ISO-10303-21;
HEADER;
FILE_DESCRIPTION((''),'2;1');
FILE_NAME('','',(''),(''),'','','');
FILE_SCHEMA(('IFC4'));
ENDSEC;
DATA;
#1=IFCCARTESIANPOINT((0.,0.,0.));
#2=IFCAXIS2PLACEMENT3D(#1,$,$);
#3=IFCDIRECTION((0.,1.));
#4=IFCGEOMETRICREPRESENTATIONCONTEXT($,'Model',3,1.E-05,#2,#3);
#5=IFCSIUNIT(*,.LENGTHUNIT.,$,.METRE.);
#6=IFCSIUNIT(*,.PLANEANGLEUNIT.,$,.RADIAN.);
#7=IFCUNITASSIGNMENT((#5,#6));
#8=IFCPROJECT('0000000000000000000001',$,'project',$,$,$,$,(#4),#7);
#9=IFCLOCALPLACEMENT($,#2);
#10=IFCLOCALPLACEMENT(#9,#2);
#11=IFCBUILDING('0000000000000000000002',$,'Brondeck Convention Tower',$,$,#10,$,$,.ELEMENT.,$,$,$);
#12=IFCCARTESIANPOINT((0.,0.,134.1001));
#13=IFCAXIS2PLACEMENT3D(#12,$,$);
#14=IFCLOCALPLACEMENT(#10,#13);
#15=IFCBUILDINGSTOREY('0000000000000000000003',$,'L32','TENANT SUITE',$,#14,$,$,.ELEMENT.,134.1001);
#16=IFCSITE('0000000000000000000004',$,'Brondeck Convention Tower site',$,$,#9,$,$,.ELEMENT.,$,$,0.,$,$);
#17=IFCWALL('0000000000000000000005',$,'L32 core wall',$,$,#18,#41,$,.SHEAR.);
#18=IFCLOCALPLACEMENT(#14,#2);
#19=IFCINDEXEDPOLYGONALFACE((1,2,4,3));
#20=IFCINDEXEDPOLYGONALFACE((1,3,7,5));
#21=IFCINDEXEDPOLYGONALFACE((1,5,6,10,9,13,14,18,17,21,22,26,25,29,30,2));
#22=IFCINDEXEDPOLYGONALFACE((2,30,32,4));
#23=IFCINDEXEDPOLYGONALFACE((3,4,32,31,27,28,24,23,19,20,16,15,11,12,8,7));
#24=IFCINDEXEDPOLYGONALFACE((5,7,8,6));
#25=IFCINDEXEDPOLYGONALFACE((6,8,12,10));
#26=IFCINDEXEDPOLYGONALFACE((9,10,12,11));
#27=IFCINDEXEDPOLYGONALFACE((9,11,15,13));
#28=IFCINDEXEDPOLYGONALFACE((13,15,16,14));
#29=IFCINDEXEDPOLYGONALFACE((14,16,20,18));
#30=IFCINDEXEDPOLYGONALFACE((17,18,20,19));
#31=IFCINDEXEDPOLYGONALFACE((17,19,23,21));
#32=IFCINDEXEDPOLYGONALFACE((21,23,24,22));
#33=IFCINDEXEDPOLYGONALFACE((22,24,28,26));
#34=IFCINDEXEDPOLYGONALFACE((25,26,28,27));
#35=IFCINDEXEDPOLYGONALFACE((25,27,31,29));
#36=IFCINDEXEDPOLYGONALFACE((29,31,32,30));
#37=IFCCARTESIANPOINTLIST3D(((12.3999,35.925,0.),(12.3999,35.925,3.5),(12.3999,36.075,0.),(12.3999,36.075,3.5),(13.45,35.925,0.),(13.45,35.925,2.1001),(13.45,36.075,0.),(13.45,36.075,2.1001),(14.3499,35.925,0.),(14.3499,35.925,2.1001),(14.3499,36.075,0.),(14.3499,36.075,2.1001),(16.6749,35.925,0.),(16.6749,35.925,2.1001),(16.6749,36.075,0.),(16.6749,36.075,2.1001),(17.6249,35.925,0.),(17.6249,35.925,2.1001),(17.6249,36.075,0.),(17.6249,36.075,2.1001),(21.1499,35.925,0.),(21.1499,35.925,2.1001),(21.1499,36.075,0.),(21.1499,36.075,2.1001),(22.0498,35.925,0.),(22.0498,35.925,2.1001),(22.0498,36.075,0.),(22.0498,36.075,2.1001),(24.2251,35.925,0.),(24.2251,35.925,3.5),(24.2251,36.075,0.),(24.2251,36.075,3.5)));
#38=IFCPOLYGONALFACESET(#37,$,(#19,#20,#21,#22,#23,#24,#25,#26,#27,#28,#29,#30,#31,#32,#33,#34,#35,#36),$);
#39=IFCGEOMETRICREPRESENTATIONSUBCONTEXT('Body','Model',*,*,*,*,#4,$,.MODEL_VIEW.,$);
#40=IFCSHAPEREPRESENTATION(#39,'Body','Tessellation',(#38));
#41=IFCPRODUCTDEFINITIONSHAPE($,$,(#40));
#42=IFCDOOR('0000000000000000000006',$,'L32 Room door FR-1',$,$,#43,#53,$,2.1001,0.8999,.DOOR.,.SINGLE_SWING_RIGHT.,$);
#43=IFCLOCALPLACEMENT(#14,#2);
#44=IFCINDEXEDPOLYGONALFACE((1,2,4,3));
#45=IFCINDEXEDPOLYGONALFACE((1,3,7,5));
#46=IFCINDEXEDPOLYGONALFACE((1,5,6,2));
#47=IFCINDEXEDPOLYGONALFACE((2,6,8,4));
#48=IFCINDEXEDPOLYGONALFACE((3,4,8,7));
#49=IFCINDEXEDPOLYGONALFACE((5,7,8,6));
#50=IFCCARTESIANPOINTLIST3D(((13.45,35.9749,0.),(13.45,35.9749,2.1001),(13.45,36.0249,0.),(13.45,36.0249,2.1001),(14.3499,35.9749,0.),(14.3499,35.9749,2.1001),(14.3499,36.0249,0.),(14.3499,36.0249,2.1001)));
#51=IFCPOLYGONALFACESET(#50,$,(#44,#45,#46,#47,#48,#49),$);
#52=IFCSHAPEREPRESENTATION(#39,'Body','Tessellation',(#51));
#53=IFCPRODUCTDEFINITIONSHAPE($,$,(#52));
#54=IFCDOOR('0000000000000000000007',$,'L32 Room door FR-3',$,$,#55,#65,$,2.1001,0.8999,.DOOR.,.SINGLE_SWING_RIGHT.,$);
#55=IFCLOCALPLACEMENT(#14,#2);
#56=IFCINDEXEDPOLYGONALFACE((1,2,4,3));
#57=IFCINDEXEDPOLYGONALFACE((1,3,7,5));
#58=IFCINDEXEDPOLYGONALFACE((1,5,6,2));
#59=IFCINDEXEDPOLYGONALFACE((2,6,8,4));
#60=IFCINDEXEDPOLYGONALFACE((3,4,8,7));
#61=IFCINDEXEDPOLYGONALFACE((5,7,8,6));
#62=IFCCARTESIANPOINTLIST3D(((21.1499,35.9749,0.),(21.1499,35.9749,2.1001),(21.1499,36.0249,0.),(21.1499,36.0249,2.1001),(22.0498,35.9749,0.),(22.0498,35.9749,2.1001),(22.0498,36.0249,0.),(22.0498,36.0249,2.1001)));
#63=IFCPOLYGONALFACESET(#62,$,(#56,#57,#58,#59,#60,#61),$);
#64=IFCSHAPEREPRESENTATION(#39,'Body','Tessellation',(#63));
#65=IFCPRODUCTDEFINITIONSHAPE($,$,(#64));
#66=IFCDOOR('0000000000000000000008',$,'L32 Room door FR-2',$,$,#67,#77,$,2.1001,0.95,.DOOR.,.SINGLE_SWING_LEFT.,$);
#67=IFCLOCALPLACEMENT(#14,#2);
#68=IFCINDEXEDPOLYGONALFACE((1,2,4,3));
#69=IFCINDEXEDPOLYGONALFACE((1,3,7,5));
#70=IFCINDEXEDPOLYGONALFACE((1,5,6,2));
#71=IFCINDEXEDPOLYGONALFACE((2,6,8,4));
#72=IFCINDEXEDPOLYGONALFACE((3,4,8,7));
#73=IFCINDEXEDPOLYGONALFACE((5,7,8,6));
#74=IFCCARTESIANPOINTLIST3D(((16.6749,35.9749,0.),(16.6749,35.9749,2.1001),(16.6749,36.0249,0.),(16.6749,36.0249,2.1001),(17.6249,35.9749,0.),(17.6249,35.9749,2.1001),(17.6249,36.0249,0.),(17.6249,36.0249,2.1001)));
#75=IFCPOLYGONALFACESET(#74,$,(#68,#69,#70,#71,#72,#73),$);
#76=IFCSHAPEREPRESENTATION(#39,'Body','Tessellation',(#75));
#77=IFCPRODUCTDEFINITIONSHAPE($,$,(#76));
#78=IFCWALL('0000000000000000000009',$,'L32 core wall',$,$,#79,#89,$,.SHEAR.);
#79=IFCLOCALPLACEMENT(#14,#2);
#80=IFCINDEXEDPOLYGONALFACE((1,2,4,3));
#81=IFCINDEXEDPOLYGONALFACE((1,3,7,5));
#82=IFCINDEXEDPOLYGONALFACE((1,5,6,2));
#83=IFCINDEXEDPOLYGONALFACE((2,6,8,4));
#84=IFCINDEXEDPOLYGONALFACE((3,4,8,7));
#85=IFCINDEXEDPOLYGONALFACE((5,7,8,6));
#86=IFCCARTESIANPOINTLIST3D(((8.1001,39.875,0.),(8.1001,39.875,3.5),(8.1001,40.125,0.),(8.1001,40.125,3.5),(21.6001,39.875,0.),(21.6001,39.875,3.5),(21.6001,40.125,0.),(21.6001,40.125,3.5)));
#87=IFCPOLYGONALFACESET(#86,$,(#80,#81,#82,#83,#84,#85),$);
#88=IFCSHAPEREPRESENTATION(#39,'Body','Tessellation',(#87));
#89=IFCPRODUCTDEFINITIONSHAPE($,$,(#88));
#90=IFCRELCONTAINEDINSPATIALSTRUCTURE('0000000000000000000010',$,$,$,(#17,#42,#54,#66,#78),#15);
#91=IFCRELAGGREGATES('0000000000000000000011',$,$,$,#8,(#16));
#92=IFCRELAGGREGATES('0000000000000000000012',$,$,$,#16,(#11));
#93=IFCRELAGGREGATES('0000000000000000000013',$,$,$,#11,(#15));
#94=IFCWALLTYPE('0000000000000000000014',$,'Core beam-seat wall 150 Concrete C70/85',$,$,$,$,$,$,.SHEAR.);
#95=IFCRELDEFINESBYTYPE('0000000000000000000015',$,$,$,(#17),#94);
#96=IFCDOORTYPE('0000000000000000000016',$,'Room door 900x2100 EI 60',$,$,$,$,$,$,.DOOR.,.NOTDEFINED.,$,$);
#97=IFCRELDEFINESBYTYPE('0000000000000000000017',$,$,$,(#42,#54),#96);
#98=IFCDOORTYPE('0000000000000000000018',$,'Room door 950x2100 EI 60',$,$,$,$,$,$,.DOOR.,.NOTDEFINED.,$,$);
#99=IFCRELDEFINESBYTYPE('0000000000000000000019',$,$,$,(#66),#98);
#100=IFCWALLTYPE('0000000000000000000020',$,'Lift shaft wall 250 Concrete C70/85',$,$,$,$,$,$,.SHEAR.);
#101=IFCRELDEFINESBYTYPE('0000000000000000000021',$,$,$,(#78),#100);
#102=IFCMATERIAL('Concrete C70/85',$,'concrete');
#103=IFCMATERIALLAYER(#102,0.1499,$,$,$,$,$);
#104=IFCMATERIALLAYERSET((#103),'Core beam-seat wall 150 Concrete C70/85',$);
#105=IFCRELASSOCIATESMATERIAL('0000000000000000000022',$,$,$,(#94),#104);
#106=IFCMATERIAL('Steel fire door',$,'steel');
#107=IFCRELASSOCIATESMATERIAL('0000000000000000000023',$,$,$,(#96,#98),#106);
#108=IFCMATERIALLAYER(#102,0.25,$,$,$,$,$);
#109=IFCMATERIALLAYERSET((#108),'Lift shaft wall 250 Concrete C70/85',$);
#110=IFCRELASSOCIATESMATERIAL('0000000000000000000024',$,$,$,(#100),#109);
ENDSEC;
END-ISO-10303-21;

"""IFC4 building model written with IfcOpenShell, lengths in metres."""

from ifc_helpers import new_model, si_unit, direction, frame, frame_2d, origin, place, context, subcontext, project, spatial, rectangle, extrude, material, layer, layer_set, type_object, element, fill, save


model = new_model("IFC4")

# Units and contexts
model_context = context("Model", 3, precision=1e-05, world=origin(), true_north=direction((0.0, 1.0)))
body_context = subcontext(model_context, "Body", "Model", "MODEL_VIEW")
ifc_project = project(units=[si_unit("LENGTHUNIT", "METRE"), si_unit("PLANEANGLEUNIT", "RADIAN")], contexts=[model_context])

# Site, building, storey
site_placement = place(None, origin())
site = spatial("IfcSite", under=ifc_project, at=site_placement, Name="Brondeck Convention Tower site", CompositionType="ELEMENT", RefElevation=0.0)
building_placement = place(site_placement, origin())
building = spatial("IfcBuilding", under=site, at=building_placement, Name="Brondeck Convention Tower", CompositionType="ELEMENT")
storey_placement = place(building_placement, frame((0.0, 0.0, 134.1001)))
storey = spatial("IfcBuildingStorey", under=building, at=storey_placement, Name="L32", Description="TENANT SUITE", CompositionType="ELEMENT", Elevation=134.1001)

# Wall, openings, doors
ifc_material_1 = material(Name="Concrete C70/85", Category="concrete")
ifc_layer_1 = layer(ifc_material_1, 0.1499)
ifc_layer_set_1 = layer_set([ifc_layer_1], Name="Core beam-seat wall 150 Concrete C70/85")
wall_type_1 = type_object("IfcWallType", Name="Core beam-seat wall 150 Concrete C70/85", PredefinedType="SHEAR", material=ifc_layer_set_1)
wall_1_placement = place(storey_placement, frame((12.3999, 36.0, 0.0), z_axis=(0.0, 0.0, 1.0), x_axis=(1.0, 0.0, 0.0)))
wall_1 = element("IfcWall", 1, at=wall_1_placement, inside=storey, type_object=wall_type_1, Name="L32 core wall", PredefinedType="SHEAR", context=body_context, shape_type="SweptSolid", body=[
    extrude(rectangle(XDim=11.8252, YDim=0.1499, at=frame_2d((5.9126, 0.0))), origin(), (0.0, 0.0, 1.0), 3.5),
])
opening_1_placement = place(wall_1_placement, frame((1.05, 0.0, 0.0)))
opening_1 = element("IfcOpeningElement", 2, at=opening_1_placement, cuts=wall_1, PredefinedType="OPENING", context=body_context, shape_type="SweptSolid", body=[
    extrude(rectangle(XDim=0.8999, YDim=2.1001, at=frame_2d((0.45, 1.05))), frame((0.0, 0.085, 0.0), z_axis=(0.0, -1.0, 0.0), x_axis=(1.0, 0.0, 0.0)), (0.0, 0.0, 1.0), 0.1699),
])
opening_2_placement = place(wall_1_placement, frame((4.2749, 0.0, 0.0)))
opening_2 = element("IfcOpeningElement", 3, at=opening_2_placement, cuts=wall_1, PredefinedType="OPENING", context=body_context, shape_type="SweptSolid", body=[
    extrude(rectangle(XDim=0.95, YDim=2.1001, at=frame_2d((0.4751, 1.05))), frame((0.0, 0.085, 0.0), z_axis=(0.0, -1.0, 0.0), x_axis=(1.0, 0.0, 0.0)), (0.0, 0.0, 1.0), 0.1699),
])
opening_3_placement = place(wall_1_placement, frame((8.75, 0.0, 0.0)))
opening_3 = element("IfcOpeningElement", 4, at=opening_3_placement, cuts=wall_1, PredefinedType="OPENING", context=body_context, shape_type="SweptSolid", body=[
    extrude(rectangle(XDim=0.8999, YDim=2.1001, at=frame_2d((0.45, 1.05))), frame((0.0, 0.085, 0.0), z_axis=(0.0, -1.0, 0.0), x_axis=(1.0, 0.0, 0.0)), (0.0, 0.0, 1.0), 0.1699),
])
ifc_material_2 = material(Name="Steel fire door", Category="steel")
door_type_1 = type_object("IfcDoorType", Name="Room door 900x2100 EI 60", OperationType="NOTDEFINED", PredefinedType="DOOR", material=ifc_material_2)
door_1_placement = place(opening_1_placement, origin())
door_1 = element("IfcDoor", 5, at=door_1_placement, inside=storey, type_object=door_type_1, Name="L32 Room door FR-1", OperationType="SINGLE_SWING_RIGHT", OverallHeight=2.1001, OverallWidth=0.8999, PredefinedType="DOOR", context=body_context, shape_type="SweptSolid", body=[
    extrude(rectangle(XDim=0.8999, YDim=2.1001, at=frame_2d((0.45, 1.05))), frame((0.0, 0.0249, 0.0), z_axis=(0.0, -1.0, 0.0), x_axis=(1.0, 0.0, 0.0)), (0.0, 0.0, 1.0), 0.05),
])
fill(opening_1, door_1)
door_2_placement = place(opening_3_placement, origin())
door_2 = element("IfcDoor", 6, at=door_2_placement, inside=storey, type_object=door_type_1, Name="L32 Room door FR-3", OperationType="SINGLE_SWING_RIGHT", OverallHeight=2.1001, OverallWidth=0.8999, PredefinedType="DOOR", context=body_context, shape_type="SweptSolid", body=[
    extrude(rectangle(XDim=0.8999, YDim=2.1001, at=frame_2d((0.45, 1.05))), frame((0.0, 0.0249, 0.0), z_axis=(0.0, -1.0, 0.0), x_axis=(1.0, 0.0, 0.0)), (0.0, 0.0, 1.0), 0.05),
])
fill(opening_3, door_2)
door_type_2 = type_object("IfcDoorType", Name="Room door 950x2100 EI 60", OperationType="NOTDEFINED", PredefinedType="DOOR", material=ifc_material_2)
door_3_placement = place(opening_2_placement, origin())
door_3 = element("IfcDoor", 7, at=door_3_placement, inside=storey, type_object=door_type_2, Name="L32 Room door FR-2", OperationType="SINGLE_SWING_LEFT", OverallHeight=2.1001, OverallWidth=0.95, PredefinedType="DOOR", context=body_context, shape_type="SweptSolid", body=[
    extrude(rectangle(XDim=0.95, YDim=2.1001, at=frame_2d((0.4751, 1.05))), frame((0.0, 0.0249, 0.0), z_axis=(0.0, -1.0, 0.0), x_axis=(1.0, 0.0, 0.0)), (0.0, 0.0, 1.0), 0.05),
])
fill(opening_2, door_3)

# Wall
ifc_layer_2 = layer(ifc_material_1, 0.25)
ifc_layer_set_2 = layer_set([ifc_layer_2], Name="Lift shaft wall 250 Concrete C70/85")
wall_type_2 = type_object("IfcWallType", Name="Lift shaft wall 250 Concrete C70/85", PredefinedType="SHEAR", material=ifc_layer_set_2)
wall_2_placement = place(storey_placement, frame((8.1001, 40.0, 0.0), z_axis=(0.0, 0.0, 1.0), x_axis=(1.0, 0.0, 0.0)))
element("IfcWall", 8, at=wall_2_placement, inside=storey, type_object=wall_type_2, Name="L32 core wall", PredefinedType="SHEAR", context=body_context, shape_type="SweptSolid", body=[
    extrude(rectangle(XDim=13.5, YDim=0.25, at=frame_2d((6.75, 0.0))), origin(), (0.0, 0.0, 1.0), 3.5),
])

save(model, "model.ifc")
